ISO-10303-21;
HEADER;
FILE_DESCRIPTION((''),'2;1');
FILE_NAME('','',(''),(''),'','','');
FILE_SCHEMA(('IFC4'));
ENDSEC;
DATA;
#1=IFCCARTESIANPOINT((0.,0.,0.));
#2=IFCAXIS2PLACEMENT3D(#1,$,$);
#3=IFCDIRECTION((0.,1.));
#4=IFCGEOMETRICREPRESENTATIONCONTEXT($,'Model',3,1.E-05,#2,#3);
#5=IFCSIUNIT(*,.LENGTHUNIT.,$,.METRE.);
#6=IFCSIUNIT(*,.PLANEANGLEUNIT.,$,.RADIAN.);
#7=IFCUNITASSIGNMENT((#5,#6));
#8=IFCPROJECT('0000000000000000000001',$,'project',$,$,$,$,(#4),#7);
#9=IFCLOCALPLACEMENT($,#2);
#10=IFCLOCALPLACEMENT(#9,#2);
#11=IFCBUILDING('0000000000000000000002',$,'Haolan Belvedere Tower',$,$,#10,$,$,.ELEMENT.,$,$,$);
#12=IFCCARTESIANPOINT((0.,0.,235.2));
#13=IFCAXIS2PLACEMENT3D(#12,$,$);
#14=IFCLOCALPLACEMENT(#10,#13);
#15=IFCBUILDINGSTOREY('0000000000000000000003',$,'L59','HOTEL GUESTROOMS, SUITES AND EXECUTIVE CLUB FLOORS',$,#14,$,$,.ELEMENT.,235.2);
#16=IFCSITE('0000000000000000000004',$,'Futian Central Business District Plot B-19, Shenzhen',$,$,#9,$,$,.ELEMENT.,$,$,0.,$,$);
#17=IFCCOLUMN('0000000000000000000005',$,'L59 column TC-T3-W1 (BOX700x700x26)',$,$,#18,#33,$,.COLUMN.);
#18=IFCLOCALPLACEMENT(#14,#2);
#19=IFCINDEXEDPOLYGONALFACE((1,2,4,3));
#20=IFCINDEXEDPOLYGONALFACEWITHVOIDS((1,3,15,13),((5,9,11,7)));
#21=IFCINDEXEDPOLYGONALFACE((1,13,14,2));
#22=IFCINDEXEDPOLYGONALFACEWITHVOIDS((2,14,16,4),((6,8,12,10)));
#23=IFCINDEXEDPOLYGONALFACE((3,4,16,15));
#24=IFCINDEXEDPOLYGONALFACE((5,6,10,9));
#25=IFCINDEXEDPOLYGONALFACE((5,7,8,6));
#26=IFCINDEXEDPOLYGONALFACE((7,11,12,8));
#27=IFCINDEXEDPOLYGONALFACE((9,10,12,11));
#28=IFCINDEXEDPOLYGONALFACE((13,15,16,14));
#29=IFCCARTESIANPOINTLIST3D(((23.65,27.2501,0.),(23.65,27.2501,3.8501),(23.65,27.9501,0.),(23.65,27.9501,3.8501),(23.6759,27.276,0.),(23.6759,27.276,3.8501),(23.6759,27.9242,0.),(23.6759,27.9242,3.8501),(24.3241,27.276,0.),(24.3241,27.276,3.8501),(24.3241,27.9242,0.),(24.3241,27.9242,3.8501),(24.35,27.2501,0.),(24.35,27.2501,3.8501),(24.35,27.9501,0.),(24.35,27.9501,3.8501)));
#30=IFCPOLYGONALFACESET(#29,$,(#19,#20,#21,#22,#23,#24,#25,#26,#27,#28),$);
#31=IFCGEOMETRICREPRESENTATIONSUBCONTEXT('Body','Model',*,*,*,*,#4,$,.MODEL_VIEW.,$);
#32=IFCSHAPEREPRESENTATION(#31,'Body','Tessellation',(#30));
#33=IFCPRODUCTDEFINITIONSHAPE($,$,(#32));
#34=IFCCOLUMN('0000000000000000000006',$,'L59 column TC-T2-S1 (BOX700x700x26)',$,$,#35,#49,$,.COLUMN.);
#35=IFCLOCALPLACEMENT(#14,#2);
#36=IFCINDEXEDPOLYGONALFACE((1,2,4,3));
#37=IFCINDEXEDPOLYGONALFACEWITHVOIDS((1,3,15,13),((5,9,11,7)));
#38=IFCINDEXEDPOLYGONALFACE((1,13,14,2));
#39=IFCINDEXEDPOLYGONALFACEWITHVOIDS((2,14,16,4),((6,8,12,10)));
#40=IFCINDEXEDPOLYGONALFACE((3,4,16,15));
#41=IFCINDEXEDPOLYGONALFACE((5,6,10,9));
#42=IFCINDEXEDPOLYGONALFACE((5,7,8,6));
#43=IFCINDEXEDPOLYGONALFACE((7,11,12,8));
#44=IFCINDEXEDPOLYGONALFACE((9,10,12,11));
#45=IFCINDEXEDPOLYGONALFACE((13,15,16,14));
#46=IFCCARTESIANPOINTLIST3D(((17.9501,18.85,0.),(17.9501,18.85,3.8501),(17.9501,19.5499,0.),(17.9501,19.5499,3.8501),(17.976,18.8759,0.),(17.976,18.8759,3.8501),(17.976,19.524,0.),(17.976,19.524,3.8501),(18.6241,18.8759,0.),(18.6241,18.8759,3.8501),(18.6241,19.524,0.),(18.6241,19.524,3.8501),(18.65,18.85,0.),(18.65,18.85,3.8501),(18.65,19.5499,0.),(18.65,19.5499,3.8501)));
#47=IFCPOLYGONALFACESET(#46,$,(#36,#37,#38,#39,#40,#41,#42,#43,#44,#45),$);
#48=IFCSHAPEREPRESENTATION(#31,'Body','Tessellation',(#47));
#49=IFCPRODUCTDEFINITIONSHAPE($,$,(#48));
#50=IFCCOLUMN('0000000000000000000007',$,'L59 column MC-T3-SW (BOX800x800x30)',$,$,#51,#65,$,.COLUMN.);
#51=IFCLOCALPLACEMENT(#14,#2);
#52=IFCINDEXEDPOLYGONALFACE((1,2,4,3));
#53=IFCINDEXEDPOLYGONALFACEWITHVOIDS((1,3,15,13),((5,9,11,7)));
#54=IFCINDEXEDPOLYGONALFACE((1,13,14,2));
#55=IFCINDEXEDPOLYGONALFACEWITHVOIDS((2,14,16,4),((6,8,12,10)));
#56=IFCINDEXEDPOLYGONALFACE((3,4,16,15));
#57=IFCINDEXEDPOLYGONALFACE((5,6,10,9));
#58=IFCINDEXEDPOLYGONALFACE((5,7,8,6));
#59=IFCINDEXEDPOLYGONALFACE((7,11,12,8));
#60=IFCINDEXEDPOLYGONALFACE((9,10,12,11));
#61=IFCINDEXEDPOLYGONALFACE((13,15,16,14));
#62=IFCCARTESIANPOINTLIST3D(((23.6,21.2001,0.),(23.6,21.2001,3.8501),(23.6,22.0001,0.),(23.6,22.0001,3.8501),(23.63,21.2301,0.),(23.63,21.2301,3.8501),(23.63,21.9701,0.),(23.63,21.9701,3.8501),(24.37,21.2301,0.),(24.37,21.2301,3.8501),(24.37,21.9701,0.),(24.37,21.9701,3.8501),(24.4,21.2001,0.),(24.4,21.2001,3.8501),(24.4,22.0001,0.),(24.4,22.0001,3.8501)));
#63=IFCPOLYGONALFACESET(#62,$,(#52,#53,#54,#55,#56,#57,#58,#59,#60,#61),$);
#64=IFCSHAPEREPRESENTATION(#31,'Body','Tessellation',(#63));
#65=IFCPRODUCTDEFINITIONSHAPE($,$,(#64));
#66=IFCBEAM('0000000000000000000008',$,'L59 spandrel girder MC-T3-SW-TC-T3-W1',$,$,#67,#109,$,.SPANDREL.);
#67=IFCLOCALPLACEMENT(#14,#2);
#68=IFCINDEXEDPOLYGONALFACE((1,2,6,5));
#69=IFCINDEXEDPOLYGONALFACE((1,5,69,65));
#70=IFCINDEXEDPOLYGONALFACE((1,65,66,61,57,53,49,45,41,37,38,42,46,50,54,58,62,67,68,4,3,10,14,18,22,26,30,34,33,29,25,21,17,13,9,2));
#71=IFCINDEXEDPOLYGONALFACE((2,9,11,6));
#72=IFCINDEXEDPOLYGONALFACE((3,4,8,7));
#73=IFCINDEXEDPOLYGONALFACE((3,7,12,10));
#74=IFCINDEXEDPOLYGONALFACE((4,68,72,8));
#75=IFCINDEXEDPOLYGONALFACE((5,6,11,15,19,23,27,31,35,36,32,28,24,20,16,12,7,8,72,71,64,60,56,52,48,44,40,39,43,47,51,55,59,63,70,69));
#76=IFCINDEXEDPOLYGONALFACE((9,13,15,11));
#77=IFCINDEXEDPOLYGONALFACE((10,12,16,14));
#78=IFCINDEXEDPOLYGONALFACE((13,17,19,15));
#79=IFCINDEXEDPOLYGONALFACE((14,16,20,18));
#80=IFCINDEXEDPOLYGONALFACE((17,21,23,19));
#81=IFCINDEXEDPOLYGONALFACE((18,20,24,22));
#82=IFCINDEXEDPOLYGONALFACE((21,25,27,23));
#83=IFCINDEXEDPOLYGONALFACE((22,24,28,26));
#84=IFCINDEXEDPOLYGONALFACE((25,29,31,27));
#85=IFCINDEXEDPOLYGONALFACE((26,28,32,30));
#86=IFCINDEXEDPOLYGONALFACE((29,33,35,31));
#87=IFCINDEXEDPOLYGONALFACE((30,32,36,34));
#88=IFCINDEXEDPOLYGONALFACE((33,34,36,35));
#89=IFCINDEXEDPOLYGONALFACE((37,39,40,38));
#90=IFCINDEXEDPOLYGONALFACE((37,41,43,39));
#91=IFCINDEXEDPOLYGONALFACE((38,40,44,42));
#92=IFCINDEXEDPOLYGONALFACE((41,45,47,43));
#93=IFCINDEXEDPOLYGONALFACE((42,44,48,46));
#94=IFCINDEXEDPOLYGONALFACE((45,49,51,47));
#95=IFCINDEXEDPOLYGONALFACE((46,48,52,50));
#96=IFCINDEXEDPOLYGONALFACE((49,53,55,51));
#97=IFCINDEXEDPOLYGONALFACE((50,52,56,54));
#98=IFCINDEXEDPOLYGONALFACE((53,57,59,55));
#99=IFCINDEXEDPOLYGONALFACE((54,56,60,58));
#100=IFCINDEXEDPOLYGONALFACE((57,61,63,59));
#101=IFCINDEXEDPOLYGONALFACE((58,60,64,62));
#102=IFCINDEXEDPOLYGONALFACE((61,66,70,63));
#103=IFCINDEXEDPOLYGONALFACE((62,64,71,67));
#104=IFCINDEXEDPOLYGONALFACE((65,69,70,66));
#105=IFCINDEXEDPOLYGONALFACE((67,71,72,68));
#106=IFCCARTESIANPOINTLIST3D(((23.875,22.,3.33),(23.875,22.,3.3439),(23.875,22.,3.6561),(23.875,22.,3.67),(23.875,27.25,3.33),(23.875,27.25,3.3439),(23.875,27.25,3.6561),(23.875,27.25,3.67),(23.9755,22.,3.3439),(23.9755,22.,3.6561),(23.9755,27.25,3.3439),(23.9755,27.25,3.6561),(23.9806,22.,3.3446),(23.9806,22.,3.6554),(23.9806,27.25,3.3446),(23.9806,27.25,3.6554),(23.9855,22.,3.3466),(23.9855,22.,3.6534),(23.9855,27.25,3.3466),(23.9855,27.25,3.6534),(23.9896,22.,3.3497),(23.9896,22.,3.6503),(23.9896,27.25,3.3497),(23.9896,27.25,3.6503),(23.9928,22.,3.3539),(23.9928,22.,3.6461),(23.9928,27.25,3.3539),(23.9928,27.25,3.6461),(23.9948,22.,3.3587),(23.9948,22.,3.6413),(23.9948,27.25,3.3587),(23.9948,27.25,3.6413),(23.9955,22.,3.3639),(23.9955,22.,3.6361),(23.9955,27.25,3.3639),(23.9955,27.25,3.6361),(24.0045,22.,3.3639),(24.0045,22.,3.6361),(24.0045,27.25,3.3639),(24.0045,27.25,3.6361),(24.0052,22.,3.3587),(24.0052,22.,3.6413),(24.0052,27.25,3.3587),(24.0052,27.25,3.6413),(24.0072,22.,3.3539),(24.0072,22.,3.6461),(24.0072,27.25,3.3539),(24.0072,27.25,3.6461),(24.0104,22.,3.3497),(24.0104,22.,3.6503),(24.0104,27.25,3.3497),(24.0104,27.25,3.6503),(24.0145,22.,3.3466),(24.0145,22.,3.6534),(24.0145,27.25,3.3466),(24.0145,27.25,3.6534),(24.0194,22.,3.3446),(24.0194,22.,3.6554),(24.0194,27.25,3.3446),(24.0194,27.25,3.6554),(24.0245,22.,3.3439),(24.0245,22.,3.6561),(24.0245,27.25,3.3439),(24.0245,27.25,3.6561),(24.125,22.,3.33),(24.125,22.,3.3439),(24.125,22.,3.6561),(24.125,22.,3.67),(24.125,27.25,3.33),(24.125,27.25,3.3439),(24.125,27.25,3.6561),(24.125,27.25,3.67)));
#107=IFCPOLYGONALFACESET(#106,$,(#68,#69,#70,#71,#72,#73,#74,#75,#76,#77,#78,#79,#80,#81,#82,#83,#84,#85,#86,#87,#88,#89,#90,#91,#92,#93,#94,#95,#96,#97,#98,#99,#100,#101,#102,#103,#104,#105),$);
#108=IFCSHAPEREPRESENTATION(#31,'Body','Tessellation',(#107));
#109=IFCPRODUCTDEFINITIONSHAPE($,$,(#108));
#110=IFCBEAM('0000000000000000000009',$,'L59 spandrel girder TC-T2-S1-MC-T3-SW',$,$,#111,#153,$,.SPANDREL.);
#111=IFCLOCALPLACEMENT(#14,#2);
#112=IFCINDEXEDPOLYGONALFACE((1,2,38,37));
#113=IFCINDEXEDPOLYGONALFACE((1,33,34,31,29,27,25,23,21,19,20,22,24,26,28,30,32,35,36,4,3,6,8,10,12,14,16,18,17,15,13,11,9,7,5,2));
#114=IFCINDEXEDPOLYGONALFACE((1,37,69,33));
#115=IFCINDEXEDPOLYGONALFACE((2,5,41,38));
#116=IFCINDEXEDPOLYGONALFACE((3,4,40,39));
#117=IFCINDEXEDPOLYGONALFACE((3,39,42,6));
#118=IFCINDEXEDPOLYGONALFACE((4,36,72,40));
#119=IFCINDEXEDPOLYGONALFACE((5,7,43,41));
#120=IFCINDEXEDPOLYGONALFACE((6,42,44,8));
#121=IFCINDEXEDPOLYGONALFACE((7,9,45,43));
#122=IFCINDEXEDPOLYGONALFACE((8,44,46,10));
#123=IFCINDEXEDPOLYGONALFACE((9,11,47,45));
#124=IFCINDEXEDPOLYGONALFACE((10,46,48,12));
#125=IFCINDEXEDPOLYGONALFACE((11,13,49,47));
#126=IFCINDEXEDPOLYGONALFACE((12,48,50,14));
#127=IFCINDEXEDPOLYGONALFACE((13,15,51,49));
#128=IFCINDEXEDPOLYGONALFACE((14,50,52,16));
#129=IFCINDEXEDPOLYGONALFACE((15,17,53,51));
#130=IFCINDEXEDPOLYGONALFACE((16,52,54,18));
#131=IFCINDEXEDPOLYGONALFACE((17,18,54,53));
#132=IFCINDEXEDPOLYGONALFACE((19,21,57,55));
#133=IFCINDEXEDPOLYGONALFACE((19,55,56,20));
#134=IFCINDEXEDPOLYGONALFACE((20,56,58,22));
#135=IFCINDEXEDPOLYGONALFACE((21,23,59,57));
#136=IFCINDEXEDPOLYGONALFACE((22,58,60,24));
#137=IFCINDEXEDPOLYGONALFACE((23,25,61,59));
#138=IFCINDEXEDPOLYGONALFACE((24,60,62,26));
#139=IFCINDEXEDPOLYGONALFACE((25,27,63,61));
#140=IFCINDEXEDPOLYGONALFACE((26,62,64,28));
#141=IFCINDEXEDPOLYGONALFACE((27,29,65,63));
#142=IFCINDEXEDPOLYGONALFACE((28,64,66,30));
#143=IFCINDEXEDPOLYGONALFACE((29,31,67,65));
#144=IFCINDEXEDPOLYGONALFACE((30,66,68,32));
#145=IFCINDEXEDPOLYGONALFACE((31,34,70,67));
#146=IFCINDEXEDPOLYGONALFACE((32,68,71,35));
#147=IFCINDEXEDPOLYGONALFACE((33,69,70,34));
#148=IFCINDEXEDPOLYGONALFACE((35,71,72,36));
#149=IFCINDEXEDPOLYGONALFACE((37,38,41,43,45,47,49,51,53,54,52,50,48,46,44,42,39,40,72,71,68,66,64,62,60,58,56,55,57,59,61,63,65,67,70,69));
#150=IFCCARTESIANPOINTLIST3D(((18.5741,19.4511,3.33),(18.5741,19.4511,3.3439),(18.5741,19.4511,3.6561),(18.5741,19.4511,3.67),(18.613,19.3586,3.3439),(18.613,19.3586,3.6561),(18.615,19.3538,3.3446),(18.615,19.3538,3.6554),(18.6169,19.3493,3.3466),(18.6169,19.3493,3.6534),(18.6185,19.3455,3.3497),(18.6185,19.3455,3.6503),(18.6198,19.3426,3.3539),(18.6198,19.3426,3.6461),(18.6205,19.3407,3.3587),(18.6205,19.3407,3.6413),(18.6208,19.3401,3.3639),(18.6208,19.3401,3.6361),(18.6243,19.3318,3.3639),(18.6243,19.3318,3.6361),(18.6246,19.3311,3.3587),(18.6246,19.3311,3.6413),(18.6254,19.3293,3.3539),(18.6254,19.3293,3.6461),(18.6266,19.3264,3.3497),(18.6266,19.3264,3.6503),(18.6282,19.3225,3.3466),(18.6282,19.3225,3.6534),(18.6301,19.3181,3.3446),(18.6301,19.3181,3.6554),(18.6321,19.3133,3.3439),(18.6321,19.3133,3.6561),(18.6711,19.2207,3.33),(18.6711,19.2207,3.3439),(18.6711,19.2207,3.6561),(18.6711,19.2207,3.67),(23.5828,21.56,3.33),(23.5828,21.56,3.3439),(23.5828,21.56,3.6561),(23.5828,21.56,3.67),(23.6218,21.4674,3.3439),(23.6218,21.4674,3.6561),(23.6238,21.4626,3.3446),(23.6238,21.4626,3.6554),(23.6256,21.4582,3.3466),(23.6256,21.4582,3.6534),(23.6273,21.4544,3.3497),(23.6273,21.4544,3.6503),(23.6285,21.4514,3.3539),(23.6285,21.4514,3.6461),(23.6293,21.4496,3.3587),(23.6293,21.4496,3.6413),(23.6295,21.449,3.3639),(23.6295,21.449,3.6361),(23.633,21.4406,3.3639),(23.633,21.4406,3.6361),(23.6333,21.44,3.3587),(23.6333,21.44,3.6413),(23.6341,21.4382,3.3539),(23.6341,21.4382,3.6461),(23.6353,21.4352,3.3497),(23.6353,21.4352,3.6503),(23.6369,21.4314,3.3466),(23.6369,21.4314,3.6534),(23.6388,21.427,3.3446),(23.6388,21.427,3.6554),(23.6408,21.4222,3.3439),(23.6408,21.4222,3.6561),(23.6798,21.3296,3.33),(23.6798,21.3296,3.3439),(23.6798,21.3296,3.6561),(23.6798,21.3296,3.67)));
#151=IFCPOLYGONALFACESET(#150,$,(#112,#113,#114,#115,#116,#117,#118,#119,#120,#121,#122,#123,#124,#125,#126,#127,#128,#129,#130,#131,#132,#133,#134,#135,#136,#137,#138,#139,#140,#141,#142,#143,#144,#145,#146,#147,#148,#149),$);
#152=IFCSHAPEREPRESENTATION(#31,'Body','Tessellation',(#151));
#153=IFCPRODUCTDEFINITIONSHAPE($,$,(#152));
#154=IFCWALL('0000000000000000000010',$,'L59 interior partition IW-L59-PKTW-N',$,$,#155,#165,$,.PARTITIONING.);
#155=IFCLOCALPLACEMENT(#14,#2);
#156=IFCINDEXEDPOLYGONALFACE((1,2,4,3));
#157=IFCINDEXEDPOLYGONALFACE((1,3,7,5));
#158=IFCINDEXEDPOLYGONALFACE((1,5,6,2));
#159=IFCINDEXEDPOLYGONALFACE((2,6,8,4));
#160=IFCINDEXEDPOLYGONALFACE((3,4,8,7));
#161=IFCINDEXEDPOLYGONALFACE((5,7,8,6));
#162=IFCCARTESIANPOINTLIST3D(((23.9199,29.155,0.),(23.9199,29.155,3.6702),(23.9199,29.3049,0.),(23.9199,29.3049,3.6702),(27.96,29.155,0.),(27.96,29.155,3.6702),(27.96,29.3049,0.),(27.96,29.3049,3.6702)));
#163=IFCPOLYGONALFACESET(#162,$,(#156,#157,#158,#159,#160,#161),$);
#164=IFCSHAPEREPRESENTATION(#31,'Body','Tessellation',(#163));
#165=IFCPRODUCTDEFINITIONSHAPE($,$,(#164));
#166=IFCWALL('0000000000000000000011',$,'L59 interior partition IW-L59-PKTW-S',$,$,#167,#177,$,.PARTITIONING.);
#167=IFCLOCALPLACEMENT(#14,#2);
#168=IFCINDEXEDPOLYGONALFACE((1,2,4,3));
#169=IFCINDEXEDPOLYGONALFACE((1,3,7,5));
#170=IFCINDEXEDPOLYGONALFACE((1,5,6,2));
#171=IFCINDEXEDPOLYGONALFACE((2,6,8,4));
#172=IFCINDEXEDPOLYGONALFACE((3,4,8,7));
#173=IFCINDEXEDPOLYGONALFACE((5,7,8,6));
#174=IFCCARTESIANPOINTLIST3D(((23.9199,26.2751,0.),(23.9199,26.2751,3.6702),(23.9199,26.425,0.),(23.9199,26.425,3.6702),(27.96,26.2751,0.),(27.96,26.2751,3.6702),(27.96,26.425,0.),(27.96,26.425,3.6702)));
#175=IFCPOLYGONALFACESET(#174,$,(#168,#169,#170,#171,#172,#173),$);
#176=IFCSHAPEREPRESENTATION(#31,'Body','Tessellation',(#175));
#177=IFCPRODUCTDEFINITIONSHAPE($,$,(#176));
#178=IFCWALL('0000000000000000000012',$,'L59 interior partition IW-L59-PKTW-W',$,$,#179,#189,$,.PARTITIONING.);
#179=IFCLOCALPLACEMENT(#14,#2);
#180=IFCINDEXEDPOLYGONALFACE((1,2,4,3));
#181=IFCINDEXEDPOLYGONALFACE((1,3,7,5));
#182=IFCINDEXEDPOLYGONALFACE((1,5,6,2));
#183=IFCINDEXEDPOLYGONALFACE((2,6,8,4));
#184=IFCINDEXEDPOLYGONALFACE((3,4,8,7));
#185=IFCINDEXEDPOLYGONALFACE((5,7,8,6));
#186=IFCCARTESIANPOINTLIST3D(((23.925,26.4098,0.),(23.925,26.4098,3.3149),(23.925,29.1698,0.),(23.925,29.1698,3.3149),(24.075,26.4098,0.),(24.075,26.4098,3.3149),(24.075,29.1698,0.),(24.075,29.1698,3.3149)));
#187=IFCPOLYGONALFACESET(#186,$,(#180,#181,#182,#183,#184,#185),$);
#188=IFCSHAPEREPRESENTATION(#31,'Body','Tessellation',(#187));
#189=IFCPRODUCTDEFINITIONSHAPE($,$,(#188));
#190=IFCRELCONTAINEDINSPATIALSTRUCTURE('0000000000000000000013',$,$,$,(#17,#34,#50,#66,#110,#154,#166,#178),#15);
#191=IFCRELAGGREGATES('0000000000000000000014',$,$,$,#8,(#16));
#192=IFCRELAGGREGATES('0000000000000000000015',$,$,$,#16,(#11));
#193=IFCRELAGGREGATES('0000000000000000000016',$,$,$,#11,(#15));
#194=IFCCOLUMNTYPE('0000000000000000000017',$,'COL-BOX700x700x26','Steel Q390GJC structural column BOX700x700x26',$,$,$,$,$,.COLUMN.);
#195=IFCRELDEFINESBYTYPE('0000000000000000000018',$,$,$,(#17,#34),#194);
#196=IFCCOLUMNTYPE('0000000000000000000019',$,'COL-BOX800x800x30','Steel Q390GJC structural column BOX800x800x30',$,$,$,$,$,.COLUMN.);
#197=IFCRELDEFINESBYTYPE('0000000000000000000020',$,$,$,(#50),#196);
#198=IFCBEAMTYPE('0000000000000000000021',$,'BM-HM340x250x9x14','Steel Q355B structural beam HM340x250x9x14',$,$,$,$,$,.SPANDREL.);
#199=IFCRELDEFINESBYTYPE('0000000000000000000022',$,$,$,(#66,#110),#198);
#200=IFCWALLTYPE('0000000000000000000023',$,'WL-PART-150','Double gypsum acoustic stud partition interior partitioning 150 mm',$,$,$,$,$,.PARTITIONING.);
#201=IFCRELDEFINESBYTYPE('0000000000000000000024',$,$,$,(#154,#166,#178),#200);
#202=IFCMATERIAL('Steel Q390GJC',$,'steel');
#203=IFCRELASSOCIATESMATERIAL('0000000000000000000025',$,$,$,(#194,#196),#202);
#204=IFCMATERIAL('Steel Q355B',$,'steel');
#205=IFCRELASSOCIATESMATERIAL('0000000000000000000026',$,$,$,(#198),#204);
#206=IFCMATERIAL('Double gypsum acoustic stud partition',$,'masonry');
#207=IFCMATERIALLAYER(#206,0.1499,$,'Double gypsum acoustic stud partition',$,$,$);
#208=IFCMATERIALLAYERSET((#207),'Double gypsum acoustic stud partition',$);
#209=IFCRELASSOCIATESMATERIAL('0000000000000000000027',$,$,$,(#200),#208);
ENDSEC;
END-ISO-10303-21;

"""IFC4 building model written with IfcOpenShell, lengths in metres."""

from ifc_helpers import new_model, si_unit, direction, frame, frame_2d, origin, origin_2d, place, context, subcontext, project, spatial, rectangle, hollow_rectangle, i_section, extrude, material, layer, layer_set, material_profile, profile_set, type_object, element, save


model = new_model("IFC4")

# Units and contexts
model_context = context("Model", 3, precision=1e-05, world=origin(), true_north=direction((0.0, 1.0)))
body_context = subcontext(model_context, "Body", "Model", "MODEL_VIEW")
ifc_project = project(units=[si_unit("LENGTHUNIT", "METRE"), si_unit("PLANEANGLEUNIT", "RADIAN")], contexts=[model_context])

# Site, building, storey
site_placement = place(None, origin())
site = spatial("IfcSite", under=ifc_project, at=site_placement, Name="Futian Central Business District Plot B-19, Shenzhen", CompositionType="ELEMENT", RefElevation=0.0)
building_placement = place(site_placement, origin())
building = spatial("IfcBuilding", under=site, at=building_placement, Name="Haolan Belvedere Tower", CompositionType="ELEMENT")
storey_placement = place(building_placement, frame((0.0, 0.0, 235.2)))
storey = spatial("IfcBuildingStorey", under=building, at=storey_placement, Name="L59", Description="HOTEL GUESTROOMS, SUITES AND EXECUTIVE CLUB FLOORS", CompositionType="ELEMENT", Elevation=235.2)

# Columns
ifc_material_1 = material(Name="Steel Q390GJC", Category="steel")
ifc_material_profile_1 = material_profile(ifc_material_1, hollow_rectangle(XDim=0.7, YDim=0.7, WallThickness=0.0259, at=origin_2d()), Name="Steel Q390GJC")
ifc_profile_set_1 = profile_set([ifc_material_profile_1], Name="Steel Q390GJC")
column_type_1 = type_object("IfcColumnType", Name="COL-BOX700x700x26", Description="Steel Q390GJC structural column BOX700x700x26", PredefinedType="COLUMN", material=ifc_profile_set_1)
for number, where, z_axis, x_axis, name in (
    (1, (24.0, 27.6001, 0.0), (0.0, 0.0, 1.0), (1.0, 0.0, 0.0), "L59 column TC-T3-W1 (BOX700x700x26)"),
    (2, (18.3, 19.2, 0.0), (0.0, 0.0, 1.0), (1.0, 0.0, 0.0), "L59 column TC-T2-S1 (BOX700x700x26)"),
):
    element("IfcColumn", number, at=place(storey_placement, frame(where, z_axis=z_axis, x_axis=x_axis)), inside=storey, type_object=column_type_1, Name=name, PredefinedType="COLUMN", context=body_context, shape_type="SweptSolid", body=[
        extrude(hollow_rectangle(XDim=0.7, YDim=0.7, WallThickness=0.0259, at=origin_2d()), origin(), (0.0, 0.0, 1.0), 3.8501),
    ])
ifc_material_profile_2 = material_profile(ifc_material_1, hollow_rectangle(XDim=0.8, YDim=0.8, WallThickness=0.03, at=origin_2d()), Name="Steel Q390GJC")
ifc_profile_set_2 = profile_set([ifc_material_profile_2], Name="Steel Q390GJC")
column_type_2 = type_object("IfcColumnType", Name="COL-BOX800x800x30", Description="Steel Q390GJC structural column BOX800x800x30", PredefinedType="COLUMN", material=ifc_profile_set_2)
column_placement = place(storey_placement, frame((24.0, 21.6001, 0.0), z_axis=(0.0, 0.0, 1.0), x_axis=(1.0, 0.0, 0.0)))
element("IfcColumn", 3, at=column_placement, inside=storey, type_object=column_type_2, Name="L59 column MC-T3-SW (BOX800x800x30)", PredefinedType="COLUMN", context=body_context, shape_type="SweptSolid", body=[
    extrude(hollow_rectangle(XDim=0.8, YDim=0.8, WallThickness=0.03, at=origin_2d()), origin(), (0.0, 0.0, 1.0), 3.8501),
])

# Beams
ifc_material_2 = material(Name="Steel Q355B", Category="steel")
ifc_material_profile_3 = material_profile(ifc_material_2, i_section(OverallWidth=0.25, OverallDepth=0.3401, WebThickness=0.009, FlangeThickness=0.0139, FilletRadius=0.02, at=origin_2d()), Name="Steel Q355B")
ifc_profile_set_3 = profile_set([ifc_material_profile_3], Name="Steel Q355B")
beam_type = type_object("IfcBeamType", Name="BM-HM340x250x9x14", Description="Steel Q355B structural beam HM340x250x9x14", PredefinedType="SPANDREL", material=ifc_profile_set_3)
beam_1_placement = place(storey_placement, frame((24.0, 22.0, 3.5), z_axis=(0.0, 1.0, 0.0), x_axis=(-1.0, 0.0, 0.0)))
element("IfcBeam", 4, at=beam_1_placement, inside=storey, type_object=beam_type, Name="L59 spandrel girder MC-T3-SW-TC-T3-W1", PredefinedType="SPANDREL", context=body_context, shape_type="SweptSolid", body=[
    extrude(i_section(OverallWidth=0.25, OverallDepth=0.3401, WebThickness=0.009, FlangeThickness=0.0139, FilletRadius=0.02, at=origin_2d()), origin(), (0.0, 0.0, 1.0), 5.25),
])
beam_2_placement = place(storey_placement, frame((18.6226, 19.3359, 3.5), z_axis=(0.92164, 0.388045, 0.0), x_axis=(-0.388045, 0.92164, 0.0)))
element("IfcBeam", 5, at=beam_2_placement, inside=storey, type_object=beam_type, Name="L59 spandrel girder TC-T2-S1-MC-T3-SW", PredefinedType="SPANDREL", context=body_context, shape_type="SweptSolid", body=[
    extrude(i_section(OverallWidth=0.25, OverallDepth=0.3401, WebThickness=0.009, FlangeThickness=0.0139, FilletRadius=0.02, at=origin_2d()), origin(), (0.0, 0.0, 1.0), 5.4346),
])

# Walls
ifc_material_3 = material(Name="Double gypsum acoustic stud partition", Category="masonry")
ifc_layer_1 = layer(ifc_material_3, 0.1499, Name="Double gypsum acoustic stud partition")
ifc_layer_set_1 = layer_set([ifc_layer_1], Name="Double gypsum acoustic stud partition")
wall_type_1 = type_object("IfcWallType", Name="WL-PART-150", Description="Double gypsum acoustic stud partition interior partitioning 150 mm", PredefinedType="PARTITIONING", material=ifc_layer_set_1)
for number, where, z_axis, x_axis, name in (
    (6, (23.9199, 29.23, 0.0), (0.0, 0.0, 1.0), (1.0, 0.0, 0.0), "L59 interior partition IW-L59-PKTW-N"),
    (7, (23.9199, 26.3501, 0.0), (0.0, 0.0, 1.0), (1.0, 0.0, 0.0), "L59 interior partition IW-L59-PKTW-S"),
):
    element("IfcWall", number, at=place(storey_placement, frame(where, z_axis=z_axis, x_axis=x_axis)), inside=storey, type_object=wall_type_1, Name=name, PredefinedType="PARTITIONING", context=body_context, shape_type="SweptSolid", body=[
        extrude(rectangle(XDim=4.04, YDim=0.1499, at=frame_2d((2.02, 0.0))), origin(), (0.0, 0.0, 1.0), 3.6702),
    ])
wall_1_placement = place(storey_placement, frame((24.0, 26.4099, 0.0), z_axis=(0.0, 0.0, 1.0), x_axis=(0.0, 1.0, 0.0)))
element("IfcWall", 8, at=wall_1_placement, inside=storey, type_object=wall_type_1, Name="L59 interior partition IW-L59-PKTW-W", PredefinedType="PARTITIONING", context=body_context, shape_type="SweptSolid", body=[
    extrude(rectangle(XDim=2.76, YDim=0.1499, at=frame_2d((1.3799, 0.0))), origin(), (0.0, 0.0, 1.0), 3.3149),
])

save(model, "model.ifc")
